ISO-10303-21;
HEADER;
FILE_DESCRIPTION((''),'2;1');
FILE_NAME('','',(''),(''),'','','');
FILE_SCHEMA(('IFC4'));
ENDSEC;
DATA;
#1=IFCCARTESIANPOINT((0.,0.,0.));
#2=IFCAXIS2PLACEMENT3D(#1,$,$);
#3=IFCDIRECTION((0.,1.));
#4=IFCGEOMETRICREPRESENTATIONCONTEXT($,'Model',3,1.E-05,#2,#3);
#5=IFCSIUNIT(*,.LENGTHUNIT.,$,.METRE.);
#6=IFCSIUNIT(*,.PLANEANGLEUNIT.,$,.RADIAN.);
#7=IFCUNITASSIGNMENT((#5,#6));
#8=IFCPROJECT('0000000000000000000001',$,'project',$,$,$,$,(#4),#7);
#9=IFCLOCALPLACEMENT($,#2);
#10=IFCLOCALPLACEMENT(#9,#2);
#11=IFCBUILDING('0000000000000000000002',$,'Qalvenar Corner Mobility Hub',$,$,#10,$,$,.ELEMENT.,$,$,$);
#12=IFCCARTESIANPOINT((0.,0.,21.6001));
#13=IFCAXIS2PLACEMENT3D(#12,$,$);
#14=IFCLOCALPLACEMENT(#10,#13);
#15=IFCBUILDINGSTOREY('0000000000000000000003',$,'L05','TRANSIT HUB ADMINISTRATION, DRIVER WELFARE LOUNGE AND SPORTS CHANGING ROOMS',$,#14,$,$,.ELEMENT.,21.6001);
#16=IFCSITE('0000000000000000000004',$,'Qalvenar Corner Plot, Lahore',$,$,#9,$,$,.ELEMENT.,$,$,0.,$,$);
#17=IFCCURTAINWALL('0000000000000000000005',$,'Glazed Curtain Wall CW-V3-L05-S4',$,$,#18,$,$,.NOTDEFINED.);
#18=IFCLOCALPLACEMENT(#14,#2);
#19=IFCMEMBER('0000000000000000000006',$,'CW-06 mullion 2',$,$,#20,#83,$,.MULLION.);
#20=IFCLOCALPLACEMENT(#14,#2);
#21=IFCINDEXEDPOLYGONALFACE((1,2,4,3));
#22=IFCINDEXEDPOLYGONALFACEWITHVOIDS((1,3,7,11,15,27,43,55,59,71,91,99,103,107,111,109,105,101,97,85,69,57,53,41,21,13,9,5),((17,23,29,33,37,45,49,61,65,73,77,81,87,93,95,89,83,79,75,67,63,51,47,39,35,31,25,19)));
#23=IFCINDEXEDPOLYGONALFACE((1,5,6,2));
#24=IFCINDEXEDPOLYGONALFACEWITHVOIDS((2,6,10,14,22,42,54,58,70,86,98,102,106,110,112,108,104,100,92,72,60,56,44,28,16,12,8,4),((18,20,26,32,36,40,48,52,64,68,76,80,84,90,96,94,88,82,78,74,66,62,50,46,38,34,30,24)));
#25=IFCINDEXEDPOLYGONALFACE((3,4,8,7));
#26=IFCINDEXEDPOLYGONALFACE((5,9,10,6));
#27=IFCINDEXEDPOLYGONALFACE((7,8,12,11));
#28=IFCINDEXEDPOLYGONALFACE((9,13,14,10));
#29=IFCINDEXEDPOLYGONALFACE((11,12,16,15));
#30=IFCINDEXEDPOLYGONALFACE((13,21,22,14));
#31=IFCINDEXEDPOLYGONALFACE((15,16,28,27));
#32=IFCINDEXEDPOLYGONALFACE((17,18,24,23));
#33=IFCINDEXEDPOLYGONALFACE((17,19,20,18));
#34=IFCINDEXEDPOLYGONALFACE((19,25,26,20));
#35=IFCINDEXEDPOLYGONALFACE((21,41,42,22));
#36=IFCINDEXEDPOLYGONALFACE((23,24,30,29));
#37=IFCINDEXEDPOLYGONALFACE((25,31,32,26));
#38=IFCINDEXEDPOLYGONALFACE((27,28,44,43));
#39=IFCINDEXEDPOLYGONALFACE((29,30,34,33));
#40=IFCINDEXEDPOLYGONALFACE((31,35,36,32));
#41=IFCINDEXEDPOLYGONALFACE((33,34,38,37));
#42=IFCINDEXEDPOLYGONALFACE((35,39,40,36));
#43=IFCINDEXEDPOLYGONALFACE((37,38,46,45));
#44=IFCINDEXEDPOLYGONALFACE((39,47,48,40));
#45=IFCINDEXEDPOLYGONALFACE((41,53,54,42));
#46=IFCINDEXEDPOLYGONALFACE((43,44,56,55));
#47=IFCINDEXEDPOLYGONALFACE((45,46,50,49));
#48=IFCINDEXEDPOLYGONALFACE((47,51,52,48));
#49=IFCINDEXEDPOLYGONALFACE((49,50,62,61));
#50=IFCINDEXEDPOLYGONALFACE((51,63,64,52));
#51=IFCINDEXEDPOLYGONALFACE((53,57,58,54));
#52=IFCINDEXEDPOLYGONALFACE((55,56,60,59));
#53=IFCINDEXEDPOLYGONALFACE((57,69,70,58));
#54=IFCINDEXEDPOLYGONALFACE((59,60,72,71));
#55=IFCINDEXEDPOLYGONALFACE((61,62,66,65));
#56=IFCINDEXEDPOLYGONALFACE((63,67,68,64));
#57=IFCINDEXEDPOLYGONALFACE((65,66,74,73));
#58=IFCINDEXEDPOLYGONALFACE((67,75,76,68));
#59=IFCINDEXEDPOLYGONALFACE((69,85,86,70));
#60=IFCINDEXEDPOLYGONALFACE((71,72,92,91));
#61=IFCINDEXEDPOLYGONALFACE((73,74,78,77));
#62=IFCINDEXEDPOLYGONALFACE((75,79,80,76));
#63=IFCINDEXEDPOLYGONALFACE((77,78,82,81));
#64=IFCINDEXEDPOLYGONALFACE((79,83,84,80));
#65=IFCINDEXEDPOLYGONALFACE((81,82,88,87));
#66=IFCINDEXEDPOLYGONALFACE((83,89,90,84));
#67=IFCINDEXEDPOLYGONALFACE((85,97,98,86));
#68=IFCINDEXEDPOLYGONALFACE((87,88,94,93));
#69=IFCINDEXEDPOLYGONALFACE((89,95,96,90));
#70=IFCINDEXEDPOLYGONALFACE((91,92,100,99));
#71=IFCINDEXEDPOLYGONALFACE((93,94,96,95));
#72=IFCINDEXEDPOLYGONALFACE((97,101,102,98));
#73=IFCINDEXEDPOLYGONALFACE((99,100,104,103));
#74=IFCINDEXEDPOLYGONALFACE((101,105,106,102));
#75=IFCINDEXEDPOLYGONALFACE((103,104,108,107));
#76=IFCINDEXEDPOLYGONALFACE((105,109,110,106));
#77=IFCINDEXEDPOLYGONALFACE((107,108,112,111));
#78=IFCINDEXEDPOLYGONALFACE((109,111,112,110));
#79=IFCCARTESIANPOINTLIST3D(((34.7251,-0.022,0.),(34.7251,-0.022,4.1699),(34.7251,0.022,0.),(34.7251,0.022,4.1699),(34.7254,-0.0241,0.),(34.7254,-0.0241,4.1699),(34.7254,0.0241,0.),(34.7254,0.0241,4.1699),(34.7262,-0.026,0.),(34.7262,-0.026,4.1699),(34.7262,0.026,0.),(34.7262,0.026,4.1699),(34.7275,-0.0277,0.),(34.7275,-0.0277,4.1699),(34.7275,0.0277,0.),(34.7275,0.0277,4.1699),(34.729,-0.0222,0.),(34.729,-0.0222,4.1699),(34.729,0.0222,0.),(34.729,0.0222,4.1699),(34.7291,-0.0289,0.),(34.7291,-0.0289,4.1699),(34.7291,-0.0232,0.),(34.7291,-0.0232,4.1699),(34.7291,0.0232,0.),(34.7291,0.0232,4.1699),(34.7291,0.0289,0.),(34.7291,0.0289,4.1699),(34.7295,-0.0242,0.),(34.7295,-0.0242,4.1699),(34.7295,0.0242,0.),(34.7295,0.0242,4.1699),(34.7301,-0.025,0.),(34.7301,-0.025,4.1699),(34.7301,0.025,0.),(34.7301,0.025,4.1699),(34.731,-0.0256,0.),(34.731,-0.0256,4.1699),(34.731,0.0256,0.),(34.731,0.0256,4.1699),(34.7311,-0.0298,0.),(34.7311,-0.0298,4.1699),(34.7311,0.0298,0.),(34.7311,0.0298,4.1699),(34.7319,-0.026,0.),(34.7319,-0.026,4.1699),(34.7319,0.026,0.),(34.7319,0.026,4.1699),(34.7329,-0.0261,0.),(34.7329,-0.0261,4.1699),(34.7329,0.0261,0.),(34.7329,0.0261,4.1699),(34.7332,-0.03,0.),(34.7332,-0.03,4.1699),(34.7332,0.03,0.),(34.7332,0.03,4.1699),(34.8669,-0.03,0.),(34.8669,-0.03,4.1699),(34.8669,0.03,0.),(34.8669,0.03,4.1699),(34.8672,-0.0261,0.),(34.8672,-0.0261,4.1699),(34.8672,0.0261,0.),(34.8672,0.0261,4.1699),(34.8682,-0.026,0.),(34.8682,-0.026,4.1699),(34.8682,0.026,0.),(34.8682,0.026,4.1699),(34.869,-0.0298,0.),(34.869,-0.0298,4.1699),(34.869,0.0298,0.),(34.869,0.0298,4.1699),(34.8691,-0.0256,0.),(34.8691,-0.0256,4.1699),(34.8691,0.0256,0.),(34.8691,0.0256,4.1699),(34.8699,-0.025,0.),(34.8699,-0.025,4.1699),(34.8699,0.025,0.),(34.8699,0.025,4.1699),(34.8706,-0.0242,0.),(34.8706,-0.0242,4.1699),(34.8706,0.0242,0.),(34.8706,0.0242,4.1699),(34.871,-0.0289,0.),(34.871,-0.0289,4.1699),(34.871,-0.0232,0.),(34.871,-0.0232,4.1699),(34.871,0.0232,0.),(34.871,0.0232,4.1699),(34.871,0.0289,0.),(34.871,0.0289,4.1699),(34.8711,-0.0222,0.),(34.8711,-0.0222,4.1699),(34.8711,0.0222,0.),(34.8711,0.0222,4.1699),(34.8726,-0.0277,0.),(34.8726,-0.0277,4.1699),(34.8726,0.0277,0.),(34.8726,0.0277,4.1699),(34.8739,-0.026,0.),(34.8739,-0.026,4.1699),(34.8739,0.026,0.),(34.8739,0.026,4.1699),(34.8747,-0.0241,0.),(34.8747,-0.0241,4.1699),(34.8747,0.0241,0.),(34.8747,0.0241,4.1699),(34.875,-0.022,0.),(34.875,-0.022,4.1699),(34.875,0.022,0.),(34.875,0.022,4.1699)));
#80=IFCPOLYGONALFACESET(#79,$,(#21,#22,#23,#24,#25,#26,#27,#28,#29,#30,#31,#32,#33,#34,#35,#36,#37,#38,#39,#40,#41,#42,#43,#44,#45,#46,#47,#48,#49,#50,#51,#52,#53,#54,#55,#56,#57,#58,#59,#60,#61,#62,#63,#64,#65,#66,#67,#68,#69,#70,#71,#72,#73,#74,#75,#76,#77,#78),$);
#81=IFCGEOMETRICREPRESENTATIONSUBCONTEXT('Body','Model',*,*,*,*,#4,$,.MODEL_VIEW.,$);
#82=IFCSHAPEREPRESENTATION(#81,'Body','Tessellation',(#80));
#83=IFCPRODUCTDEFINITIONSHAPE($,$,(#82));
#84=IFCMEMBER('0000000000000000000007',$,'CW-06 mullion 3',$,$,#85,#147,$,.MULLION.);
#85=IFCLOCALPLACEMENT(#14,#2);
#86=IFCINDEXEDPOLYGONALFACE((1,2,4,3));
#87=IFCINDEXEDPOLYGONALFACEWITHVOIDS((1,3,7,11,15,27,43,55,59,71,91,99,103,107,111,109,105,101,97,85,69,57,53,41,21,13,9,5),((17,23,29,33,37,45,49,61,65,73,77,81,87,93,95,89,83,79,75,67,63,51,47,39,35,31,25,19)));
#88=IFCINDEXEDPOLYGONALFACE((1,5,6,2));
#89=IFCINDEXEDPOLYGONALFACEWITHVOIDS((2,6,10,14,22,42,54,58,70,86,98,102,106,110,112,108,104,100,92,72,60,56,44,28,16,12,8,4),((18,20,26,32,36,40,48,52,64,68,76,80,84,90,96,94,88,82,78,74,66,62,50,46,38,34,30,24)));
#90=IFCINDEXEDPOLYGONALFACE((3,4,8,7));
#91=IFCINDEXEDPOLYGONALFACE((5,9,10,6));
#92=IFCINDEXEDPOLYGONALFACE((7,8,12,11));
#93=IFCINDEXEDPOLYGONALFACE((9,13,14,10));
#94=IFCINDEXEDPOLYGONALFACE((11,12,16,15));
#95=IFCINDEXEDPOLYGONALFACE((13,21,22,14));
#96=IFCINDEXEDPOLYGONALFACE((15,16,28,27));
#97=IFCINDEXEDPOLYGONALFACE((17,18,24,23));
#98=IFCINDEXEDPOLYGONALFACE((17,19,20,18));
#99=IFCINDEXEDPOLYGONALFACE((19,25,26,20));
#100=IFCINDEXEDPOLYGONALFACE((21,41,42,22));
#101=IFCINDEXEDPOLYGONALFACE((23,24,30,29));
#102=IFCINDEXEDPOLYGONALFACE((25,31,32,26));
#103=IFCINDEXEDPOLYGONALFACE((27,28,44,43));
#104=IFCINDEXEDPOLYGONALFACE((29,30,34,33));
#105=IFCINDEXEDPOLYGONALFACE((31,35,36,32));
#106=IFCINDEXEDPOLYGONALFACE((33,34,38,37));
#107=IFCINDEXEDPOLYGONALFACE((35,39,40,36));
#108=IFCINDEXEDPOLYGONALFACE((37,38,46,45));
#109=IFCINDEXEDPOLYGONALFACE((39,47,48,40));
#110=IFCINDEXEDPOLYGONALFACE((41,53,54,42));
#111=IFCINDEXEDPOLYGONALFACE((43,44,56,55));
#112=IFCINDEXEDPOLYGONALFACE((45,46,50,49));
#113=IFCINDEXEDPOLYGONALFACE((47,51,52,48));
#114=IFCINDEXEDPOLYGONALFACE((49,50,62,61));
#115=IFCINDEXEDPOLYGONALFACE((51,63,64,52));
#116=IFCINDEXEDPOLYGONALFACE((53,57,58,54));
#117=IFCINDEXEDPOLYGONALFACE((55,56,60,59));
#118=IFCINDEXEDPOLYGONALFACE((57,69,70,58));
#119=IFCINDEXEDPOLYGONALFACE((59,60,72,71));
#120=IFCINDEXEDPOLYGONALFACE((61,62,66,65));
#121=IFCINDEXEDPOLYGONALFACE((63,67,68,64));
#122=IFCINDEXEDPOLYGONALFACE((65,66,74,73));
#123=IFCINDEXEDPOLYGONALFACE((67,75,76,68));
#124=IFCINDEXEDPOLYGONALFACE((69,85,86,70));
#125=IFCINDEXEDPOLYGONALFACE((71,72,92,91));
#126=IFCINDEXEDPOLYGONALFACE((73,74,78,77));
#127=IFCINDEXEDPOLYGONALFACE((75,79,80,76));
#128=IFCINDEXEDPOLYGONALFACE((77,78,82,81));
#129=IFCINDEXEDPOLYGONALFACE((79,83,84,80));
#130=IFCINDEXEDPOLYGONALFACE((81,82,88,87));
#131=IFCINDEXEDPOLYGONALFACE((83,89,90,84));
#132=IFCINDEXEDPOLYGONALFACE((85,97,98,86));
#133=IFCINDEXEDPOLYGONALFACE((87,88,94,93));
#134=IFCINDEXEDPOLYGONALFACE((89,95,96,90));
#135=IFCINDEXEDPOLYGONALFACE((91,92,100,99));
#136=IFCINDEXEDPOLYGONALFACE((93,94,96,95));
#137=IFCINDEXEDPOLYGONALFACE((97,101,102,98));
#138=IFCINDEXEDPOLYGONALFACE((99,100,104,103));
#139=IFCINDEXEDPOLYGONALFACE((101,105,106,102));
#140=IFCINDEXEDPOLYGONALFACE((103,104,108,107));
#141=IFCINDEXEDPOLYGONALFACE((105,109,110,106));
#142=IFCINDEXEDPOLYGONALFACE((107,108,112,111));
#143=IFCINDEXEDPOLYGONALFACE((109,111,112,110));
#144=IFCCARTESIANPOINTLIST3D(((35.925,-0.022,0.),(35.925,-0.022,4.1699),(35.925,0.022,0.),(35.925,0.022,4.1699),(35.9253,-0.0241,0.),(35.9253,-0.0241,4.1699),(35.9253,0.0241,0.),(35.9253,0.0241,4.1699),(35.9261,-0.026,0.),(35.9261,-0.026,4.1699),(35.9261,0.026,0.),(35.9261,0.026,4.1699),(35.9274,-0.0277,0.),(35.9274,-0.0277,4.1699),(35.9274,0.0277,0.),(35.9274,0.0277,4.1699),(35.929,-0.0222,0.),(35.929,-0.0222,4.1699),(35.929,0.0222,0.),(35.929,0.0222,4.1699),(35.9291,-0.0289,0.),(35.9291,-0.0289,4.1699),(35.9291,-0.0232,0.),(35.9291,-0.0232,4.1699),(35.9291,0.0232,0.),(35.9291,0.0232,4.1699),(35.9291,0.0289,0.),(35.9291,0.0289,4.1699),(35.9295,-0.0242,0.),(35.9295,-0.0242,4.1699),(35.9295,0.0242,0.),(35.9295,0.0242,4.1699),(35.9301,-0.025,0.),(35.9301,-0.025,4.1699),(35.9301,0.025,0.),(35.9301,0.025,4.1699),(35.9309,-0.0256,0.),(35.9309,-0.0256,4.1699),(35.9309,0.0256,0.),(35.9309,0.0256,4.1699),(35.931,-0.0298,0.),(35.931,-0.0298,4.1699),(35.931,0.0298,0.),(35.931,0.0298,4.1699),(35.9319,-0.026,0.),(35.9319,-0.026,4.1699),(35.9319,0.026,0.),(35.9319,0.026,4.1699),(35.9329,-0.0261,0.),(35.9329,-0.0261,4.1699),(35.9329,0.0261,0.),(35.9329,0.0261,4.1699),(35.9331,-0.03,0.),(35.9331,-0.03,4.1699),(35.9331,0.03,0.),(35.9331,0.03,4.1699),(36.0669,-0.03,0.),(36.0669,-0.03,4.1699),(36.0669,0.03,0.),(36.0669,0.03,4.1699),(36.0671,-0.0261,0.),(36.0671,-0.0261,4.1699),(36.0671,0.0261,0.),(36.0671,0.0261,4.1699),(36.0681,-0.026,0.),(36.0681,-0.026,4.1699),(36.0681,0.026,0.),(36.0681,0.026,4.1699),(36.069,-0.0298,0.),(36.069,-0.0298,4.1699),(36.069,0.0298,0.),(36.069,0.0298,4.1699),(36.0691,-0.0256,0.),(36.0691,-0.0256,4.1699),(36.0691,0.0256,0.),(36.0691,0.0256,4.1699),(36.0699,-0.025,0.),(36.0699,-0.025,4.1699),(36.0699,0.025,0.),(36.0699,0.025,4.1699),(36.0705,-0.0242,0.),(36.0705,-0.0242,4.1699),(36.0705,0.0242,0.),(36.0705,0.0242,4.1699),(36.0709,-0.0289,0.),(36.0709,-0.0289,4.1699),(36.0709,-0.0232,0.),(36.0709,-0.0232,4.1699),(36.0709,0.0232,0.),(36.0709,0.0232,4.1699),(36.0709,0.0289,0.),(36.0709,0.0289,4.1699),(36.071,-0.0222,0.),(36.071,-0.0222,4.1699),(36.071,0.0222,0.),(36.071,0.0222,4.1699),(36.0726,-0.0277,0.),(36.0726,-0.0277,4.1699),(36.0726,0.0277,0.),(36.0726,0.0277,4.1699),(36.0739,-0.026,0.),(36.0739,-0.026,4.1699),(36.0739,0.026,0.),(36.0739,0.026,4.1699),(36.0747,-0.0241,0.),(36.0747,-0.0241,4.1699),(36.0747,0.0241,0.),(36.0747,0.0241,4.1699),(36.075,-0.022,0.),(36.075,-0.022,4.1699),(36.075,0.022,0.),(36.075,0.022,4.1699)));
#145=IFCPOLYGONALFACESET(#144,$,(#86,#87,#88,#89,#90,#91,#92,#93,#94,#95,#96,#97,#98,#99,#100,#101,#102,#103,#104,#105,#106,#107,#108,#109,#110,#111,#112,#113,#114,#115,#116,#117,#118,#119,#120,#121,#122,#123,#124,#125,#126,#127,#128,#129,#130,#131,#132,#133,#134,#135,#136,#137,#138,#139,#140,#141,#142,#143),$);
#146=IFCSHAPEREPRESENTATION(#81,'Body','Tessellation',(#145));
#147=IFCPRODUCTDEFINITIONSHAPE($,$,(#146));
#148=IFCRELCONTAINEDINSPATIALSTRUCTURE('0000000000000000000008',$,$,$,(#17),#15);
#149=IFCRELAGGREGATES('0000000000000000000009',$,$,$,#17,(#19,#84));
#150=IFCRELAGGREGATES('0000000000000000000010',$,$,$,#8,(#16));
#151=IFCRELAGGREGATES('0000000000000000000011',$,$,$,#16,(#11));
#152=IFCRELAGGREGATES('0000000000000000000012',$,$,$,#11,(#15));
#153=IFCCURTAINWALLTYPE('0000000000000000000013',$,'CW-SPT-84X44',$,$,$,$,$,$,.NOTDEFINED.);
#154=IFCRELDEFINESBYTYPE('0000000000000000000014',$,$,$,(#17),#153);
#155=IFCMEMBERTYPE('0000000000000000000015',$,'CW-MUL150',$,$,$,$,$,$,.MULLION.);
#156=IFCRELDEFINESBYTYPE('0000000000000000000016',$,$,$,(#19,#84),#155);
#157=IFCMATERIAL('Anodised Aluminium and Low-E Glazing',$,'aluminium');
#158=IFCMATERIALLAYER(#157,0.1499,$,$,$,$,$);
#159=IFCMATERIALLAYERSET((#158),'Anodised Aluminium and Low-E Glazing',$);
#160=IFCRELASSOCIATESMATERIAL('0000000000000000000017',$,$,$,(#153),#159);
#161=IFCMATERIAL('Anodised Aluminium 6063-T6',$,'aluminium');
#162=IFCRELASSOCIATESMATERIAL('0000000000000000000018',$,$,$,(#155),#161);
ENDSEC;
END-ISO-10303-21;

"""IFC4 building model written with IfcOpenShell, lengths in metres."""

from ifc_helpers import new_model, si_unit, direction, frame, origin, origin_2d, place, context, subcontext, project, spatial, hollow_rectangle, extrude, material, layer, layer_set, material_profile, profile_set, type_object, element, aggregate, save


model = new_model("IFC4")

# Units and contexts
model_context = context("Model", 3, precision=1e-05, world=origin(), true_north=direction((0.0, 1.0)))
body_context = subcontext(model_context, "Body", "Model", "MODEL_VIEW")
ifc_project = project(units=[si_unit("LENGTHUNIT", "METRE"), si_unit("PLANEANGLEUNIT", "RADIAN")], contexts=[model_context])

# Site, building, storey
site_placement = place(None, origin())
site = spatial("IfcSite", under=ifc_project, at=site_placement, Name="Qalvenar Corner Plot, Lahore", CompositionType="ELEMENT", RefElevation=0.0)
building_placement = place(site_placement, origin())
building = spatial("IfcBuilding", under=site, at=building_placement, Name="Qalvenar Corner Mobility Hub", CompositionType="ELEMENT")
storey_placement = place(building_placement, frame((0.0, 0.0, 21.6001)))
storey = spatial("IfcBuildingStorey", under=building, at=storey_placement, Name="L05", Description="TRANSIT HUB ADMINISTRATION, DRIVER WELFARE LOUNGE AND SPORTS CHANGING ROOMS", CompositionType="ELEMENT", Elevation=21.6001)

# Curtain wall, members
ifc_material_1 = material(Name="Anodised Aluminium and Low-E Glazing", Category="aluminium")
ifc_layer_1 = layer(ifc_material_1, 0.1499)
ifc_layer_set_1 = layer_set([ifc_layer_1], Name="Anodised Aluminium and Low-E Glazing")
curtain_wall_type = type_object("IfcCurtainWallType", Name="CW-SPT-84X44", PredefinedType="NOTDEFINED", material=ifc_layer_set_1)
curtain_wall_placement = place(storey_placement, origin())
curtain_wall = element("IfcCurtainWall", 1, at=curtain_wall_placement, inside=storey, type_object=curtain_wall_type, Name="Glazed Curtain Wall CW-V3-L05-S4", PredefinedType="NOTDEFINED")
ifc_material_2 = material(Name="Anodised Aluminium 6063-T6", Category="aluminium")
ifc_material_profile_1 = material_profile(ifc_material_2, hollow_rectangle(XDim=0.0601, YDim=0.1499, WallThickness=0.0039, InnerFilletRadius=0.0039, OuterFilletRadius=0.0081, at=origin_2d()), Name="RHS150x60x4")
ifc_profile_set_1 = profile_set([ifc_material_profile_1], Name="Anodised Aluminium 6063-T6")
member_type_1 = type_object("IfcMemberType", Name="CW-MUL150", PredefinedType="MULLION", material=ifc_profile_set_1)
member_1_placement = place(storey_placement, frame((34.8, 0.0, 0.0), z_axis=(0.0, 0.0, 1.0), x_axis=(0.0, 1.0, 0.0)))
member_1 = element("IfcMember", 2, at=member_1_placement, type_object=member_type_1, Name="CW-06 mullion 2", PredefinedType="MULLION", context=body_context, shape_type="SweptSolid", body=[
    extrude(hollow_rectangle(XDim=0.0601, YDim=0.1499, WallThickness=0.0039, InnerFilletRadius=0.0039, OuterFilletRadius=0.0081, at=origin_2d()), origin(), (0.0, 0.0, 1.0), 4.1699),
])
member_2_placement = place(storey_placement, frame((36.0, 0.0, 0.0), z_axis=(0.0, 0.0, 1.0), x_axis=(0.0, 1.0, 0.0)))
member_2 = element("IfcMember", 3, at=member_2_placement, type_object=member_type_1, Name="CW-06 mullion 3", PredefinedType="MULLION", context=body_context, shape_type="SweptSolid", body=[
    extrude(hollow_rectangle(XDim=0.0601, YDim=0.1499, WallThickness=0.0039, InnerFilletRadius=0.0039, OuterFilletRadius=0.0081, at=origin_2d()), origin(), (0.0, 0.0, 1.0), 4.1699),
])
aggregate(curtain_wall, [member_1, member_2])

save(model, "model.ifc")
